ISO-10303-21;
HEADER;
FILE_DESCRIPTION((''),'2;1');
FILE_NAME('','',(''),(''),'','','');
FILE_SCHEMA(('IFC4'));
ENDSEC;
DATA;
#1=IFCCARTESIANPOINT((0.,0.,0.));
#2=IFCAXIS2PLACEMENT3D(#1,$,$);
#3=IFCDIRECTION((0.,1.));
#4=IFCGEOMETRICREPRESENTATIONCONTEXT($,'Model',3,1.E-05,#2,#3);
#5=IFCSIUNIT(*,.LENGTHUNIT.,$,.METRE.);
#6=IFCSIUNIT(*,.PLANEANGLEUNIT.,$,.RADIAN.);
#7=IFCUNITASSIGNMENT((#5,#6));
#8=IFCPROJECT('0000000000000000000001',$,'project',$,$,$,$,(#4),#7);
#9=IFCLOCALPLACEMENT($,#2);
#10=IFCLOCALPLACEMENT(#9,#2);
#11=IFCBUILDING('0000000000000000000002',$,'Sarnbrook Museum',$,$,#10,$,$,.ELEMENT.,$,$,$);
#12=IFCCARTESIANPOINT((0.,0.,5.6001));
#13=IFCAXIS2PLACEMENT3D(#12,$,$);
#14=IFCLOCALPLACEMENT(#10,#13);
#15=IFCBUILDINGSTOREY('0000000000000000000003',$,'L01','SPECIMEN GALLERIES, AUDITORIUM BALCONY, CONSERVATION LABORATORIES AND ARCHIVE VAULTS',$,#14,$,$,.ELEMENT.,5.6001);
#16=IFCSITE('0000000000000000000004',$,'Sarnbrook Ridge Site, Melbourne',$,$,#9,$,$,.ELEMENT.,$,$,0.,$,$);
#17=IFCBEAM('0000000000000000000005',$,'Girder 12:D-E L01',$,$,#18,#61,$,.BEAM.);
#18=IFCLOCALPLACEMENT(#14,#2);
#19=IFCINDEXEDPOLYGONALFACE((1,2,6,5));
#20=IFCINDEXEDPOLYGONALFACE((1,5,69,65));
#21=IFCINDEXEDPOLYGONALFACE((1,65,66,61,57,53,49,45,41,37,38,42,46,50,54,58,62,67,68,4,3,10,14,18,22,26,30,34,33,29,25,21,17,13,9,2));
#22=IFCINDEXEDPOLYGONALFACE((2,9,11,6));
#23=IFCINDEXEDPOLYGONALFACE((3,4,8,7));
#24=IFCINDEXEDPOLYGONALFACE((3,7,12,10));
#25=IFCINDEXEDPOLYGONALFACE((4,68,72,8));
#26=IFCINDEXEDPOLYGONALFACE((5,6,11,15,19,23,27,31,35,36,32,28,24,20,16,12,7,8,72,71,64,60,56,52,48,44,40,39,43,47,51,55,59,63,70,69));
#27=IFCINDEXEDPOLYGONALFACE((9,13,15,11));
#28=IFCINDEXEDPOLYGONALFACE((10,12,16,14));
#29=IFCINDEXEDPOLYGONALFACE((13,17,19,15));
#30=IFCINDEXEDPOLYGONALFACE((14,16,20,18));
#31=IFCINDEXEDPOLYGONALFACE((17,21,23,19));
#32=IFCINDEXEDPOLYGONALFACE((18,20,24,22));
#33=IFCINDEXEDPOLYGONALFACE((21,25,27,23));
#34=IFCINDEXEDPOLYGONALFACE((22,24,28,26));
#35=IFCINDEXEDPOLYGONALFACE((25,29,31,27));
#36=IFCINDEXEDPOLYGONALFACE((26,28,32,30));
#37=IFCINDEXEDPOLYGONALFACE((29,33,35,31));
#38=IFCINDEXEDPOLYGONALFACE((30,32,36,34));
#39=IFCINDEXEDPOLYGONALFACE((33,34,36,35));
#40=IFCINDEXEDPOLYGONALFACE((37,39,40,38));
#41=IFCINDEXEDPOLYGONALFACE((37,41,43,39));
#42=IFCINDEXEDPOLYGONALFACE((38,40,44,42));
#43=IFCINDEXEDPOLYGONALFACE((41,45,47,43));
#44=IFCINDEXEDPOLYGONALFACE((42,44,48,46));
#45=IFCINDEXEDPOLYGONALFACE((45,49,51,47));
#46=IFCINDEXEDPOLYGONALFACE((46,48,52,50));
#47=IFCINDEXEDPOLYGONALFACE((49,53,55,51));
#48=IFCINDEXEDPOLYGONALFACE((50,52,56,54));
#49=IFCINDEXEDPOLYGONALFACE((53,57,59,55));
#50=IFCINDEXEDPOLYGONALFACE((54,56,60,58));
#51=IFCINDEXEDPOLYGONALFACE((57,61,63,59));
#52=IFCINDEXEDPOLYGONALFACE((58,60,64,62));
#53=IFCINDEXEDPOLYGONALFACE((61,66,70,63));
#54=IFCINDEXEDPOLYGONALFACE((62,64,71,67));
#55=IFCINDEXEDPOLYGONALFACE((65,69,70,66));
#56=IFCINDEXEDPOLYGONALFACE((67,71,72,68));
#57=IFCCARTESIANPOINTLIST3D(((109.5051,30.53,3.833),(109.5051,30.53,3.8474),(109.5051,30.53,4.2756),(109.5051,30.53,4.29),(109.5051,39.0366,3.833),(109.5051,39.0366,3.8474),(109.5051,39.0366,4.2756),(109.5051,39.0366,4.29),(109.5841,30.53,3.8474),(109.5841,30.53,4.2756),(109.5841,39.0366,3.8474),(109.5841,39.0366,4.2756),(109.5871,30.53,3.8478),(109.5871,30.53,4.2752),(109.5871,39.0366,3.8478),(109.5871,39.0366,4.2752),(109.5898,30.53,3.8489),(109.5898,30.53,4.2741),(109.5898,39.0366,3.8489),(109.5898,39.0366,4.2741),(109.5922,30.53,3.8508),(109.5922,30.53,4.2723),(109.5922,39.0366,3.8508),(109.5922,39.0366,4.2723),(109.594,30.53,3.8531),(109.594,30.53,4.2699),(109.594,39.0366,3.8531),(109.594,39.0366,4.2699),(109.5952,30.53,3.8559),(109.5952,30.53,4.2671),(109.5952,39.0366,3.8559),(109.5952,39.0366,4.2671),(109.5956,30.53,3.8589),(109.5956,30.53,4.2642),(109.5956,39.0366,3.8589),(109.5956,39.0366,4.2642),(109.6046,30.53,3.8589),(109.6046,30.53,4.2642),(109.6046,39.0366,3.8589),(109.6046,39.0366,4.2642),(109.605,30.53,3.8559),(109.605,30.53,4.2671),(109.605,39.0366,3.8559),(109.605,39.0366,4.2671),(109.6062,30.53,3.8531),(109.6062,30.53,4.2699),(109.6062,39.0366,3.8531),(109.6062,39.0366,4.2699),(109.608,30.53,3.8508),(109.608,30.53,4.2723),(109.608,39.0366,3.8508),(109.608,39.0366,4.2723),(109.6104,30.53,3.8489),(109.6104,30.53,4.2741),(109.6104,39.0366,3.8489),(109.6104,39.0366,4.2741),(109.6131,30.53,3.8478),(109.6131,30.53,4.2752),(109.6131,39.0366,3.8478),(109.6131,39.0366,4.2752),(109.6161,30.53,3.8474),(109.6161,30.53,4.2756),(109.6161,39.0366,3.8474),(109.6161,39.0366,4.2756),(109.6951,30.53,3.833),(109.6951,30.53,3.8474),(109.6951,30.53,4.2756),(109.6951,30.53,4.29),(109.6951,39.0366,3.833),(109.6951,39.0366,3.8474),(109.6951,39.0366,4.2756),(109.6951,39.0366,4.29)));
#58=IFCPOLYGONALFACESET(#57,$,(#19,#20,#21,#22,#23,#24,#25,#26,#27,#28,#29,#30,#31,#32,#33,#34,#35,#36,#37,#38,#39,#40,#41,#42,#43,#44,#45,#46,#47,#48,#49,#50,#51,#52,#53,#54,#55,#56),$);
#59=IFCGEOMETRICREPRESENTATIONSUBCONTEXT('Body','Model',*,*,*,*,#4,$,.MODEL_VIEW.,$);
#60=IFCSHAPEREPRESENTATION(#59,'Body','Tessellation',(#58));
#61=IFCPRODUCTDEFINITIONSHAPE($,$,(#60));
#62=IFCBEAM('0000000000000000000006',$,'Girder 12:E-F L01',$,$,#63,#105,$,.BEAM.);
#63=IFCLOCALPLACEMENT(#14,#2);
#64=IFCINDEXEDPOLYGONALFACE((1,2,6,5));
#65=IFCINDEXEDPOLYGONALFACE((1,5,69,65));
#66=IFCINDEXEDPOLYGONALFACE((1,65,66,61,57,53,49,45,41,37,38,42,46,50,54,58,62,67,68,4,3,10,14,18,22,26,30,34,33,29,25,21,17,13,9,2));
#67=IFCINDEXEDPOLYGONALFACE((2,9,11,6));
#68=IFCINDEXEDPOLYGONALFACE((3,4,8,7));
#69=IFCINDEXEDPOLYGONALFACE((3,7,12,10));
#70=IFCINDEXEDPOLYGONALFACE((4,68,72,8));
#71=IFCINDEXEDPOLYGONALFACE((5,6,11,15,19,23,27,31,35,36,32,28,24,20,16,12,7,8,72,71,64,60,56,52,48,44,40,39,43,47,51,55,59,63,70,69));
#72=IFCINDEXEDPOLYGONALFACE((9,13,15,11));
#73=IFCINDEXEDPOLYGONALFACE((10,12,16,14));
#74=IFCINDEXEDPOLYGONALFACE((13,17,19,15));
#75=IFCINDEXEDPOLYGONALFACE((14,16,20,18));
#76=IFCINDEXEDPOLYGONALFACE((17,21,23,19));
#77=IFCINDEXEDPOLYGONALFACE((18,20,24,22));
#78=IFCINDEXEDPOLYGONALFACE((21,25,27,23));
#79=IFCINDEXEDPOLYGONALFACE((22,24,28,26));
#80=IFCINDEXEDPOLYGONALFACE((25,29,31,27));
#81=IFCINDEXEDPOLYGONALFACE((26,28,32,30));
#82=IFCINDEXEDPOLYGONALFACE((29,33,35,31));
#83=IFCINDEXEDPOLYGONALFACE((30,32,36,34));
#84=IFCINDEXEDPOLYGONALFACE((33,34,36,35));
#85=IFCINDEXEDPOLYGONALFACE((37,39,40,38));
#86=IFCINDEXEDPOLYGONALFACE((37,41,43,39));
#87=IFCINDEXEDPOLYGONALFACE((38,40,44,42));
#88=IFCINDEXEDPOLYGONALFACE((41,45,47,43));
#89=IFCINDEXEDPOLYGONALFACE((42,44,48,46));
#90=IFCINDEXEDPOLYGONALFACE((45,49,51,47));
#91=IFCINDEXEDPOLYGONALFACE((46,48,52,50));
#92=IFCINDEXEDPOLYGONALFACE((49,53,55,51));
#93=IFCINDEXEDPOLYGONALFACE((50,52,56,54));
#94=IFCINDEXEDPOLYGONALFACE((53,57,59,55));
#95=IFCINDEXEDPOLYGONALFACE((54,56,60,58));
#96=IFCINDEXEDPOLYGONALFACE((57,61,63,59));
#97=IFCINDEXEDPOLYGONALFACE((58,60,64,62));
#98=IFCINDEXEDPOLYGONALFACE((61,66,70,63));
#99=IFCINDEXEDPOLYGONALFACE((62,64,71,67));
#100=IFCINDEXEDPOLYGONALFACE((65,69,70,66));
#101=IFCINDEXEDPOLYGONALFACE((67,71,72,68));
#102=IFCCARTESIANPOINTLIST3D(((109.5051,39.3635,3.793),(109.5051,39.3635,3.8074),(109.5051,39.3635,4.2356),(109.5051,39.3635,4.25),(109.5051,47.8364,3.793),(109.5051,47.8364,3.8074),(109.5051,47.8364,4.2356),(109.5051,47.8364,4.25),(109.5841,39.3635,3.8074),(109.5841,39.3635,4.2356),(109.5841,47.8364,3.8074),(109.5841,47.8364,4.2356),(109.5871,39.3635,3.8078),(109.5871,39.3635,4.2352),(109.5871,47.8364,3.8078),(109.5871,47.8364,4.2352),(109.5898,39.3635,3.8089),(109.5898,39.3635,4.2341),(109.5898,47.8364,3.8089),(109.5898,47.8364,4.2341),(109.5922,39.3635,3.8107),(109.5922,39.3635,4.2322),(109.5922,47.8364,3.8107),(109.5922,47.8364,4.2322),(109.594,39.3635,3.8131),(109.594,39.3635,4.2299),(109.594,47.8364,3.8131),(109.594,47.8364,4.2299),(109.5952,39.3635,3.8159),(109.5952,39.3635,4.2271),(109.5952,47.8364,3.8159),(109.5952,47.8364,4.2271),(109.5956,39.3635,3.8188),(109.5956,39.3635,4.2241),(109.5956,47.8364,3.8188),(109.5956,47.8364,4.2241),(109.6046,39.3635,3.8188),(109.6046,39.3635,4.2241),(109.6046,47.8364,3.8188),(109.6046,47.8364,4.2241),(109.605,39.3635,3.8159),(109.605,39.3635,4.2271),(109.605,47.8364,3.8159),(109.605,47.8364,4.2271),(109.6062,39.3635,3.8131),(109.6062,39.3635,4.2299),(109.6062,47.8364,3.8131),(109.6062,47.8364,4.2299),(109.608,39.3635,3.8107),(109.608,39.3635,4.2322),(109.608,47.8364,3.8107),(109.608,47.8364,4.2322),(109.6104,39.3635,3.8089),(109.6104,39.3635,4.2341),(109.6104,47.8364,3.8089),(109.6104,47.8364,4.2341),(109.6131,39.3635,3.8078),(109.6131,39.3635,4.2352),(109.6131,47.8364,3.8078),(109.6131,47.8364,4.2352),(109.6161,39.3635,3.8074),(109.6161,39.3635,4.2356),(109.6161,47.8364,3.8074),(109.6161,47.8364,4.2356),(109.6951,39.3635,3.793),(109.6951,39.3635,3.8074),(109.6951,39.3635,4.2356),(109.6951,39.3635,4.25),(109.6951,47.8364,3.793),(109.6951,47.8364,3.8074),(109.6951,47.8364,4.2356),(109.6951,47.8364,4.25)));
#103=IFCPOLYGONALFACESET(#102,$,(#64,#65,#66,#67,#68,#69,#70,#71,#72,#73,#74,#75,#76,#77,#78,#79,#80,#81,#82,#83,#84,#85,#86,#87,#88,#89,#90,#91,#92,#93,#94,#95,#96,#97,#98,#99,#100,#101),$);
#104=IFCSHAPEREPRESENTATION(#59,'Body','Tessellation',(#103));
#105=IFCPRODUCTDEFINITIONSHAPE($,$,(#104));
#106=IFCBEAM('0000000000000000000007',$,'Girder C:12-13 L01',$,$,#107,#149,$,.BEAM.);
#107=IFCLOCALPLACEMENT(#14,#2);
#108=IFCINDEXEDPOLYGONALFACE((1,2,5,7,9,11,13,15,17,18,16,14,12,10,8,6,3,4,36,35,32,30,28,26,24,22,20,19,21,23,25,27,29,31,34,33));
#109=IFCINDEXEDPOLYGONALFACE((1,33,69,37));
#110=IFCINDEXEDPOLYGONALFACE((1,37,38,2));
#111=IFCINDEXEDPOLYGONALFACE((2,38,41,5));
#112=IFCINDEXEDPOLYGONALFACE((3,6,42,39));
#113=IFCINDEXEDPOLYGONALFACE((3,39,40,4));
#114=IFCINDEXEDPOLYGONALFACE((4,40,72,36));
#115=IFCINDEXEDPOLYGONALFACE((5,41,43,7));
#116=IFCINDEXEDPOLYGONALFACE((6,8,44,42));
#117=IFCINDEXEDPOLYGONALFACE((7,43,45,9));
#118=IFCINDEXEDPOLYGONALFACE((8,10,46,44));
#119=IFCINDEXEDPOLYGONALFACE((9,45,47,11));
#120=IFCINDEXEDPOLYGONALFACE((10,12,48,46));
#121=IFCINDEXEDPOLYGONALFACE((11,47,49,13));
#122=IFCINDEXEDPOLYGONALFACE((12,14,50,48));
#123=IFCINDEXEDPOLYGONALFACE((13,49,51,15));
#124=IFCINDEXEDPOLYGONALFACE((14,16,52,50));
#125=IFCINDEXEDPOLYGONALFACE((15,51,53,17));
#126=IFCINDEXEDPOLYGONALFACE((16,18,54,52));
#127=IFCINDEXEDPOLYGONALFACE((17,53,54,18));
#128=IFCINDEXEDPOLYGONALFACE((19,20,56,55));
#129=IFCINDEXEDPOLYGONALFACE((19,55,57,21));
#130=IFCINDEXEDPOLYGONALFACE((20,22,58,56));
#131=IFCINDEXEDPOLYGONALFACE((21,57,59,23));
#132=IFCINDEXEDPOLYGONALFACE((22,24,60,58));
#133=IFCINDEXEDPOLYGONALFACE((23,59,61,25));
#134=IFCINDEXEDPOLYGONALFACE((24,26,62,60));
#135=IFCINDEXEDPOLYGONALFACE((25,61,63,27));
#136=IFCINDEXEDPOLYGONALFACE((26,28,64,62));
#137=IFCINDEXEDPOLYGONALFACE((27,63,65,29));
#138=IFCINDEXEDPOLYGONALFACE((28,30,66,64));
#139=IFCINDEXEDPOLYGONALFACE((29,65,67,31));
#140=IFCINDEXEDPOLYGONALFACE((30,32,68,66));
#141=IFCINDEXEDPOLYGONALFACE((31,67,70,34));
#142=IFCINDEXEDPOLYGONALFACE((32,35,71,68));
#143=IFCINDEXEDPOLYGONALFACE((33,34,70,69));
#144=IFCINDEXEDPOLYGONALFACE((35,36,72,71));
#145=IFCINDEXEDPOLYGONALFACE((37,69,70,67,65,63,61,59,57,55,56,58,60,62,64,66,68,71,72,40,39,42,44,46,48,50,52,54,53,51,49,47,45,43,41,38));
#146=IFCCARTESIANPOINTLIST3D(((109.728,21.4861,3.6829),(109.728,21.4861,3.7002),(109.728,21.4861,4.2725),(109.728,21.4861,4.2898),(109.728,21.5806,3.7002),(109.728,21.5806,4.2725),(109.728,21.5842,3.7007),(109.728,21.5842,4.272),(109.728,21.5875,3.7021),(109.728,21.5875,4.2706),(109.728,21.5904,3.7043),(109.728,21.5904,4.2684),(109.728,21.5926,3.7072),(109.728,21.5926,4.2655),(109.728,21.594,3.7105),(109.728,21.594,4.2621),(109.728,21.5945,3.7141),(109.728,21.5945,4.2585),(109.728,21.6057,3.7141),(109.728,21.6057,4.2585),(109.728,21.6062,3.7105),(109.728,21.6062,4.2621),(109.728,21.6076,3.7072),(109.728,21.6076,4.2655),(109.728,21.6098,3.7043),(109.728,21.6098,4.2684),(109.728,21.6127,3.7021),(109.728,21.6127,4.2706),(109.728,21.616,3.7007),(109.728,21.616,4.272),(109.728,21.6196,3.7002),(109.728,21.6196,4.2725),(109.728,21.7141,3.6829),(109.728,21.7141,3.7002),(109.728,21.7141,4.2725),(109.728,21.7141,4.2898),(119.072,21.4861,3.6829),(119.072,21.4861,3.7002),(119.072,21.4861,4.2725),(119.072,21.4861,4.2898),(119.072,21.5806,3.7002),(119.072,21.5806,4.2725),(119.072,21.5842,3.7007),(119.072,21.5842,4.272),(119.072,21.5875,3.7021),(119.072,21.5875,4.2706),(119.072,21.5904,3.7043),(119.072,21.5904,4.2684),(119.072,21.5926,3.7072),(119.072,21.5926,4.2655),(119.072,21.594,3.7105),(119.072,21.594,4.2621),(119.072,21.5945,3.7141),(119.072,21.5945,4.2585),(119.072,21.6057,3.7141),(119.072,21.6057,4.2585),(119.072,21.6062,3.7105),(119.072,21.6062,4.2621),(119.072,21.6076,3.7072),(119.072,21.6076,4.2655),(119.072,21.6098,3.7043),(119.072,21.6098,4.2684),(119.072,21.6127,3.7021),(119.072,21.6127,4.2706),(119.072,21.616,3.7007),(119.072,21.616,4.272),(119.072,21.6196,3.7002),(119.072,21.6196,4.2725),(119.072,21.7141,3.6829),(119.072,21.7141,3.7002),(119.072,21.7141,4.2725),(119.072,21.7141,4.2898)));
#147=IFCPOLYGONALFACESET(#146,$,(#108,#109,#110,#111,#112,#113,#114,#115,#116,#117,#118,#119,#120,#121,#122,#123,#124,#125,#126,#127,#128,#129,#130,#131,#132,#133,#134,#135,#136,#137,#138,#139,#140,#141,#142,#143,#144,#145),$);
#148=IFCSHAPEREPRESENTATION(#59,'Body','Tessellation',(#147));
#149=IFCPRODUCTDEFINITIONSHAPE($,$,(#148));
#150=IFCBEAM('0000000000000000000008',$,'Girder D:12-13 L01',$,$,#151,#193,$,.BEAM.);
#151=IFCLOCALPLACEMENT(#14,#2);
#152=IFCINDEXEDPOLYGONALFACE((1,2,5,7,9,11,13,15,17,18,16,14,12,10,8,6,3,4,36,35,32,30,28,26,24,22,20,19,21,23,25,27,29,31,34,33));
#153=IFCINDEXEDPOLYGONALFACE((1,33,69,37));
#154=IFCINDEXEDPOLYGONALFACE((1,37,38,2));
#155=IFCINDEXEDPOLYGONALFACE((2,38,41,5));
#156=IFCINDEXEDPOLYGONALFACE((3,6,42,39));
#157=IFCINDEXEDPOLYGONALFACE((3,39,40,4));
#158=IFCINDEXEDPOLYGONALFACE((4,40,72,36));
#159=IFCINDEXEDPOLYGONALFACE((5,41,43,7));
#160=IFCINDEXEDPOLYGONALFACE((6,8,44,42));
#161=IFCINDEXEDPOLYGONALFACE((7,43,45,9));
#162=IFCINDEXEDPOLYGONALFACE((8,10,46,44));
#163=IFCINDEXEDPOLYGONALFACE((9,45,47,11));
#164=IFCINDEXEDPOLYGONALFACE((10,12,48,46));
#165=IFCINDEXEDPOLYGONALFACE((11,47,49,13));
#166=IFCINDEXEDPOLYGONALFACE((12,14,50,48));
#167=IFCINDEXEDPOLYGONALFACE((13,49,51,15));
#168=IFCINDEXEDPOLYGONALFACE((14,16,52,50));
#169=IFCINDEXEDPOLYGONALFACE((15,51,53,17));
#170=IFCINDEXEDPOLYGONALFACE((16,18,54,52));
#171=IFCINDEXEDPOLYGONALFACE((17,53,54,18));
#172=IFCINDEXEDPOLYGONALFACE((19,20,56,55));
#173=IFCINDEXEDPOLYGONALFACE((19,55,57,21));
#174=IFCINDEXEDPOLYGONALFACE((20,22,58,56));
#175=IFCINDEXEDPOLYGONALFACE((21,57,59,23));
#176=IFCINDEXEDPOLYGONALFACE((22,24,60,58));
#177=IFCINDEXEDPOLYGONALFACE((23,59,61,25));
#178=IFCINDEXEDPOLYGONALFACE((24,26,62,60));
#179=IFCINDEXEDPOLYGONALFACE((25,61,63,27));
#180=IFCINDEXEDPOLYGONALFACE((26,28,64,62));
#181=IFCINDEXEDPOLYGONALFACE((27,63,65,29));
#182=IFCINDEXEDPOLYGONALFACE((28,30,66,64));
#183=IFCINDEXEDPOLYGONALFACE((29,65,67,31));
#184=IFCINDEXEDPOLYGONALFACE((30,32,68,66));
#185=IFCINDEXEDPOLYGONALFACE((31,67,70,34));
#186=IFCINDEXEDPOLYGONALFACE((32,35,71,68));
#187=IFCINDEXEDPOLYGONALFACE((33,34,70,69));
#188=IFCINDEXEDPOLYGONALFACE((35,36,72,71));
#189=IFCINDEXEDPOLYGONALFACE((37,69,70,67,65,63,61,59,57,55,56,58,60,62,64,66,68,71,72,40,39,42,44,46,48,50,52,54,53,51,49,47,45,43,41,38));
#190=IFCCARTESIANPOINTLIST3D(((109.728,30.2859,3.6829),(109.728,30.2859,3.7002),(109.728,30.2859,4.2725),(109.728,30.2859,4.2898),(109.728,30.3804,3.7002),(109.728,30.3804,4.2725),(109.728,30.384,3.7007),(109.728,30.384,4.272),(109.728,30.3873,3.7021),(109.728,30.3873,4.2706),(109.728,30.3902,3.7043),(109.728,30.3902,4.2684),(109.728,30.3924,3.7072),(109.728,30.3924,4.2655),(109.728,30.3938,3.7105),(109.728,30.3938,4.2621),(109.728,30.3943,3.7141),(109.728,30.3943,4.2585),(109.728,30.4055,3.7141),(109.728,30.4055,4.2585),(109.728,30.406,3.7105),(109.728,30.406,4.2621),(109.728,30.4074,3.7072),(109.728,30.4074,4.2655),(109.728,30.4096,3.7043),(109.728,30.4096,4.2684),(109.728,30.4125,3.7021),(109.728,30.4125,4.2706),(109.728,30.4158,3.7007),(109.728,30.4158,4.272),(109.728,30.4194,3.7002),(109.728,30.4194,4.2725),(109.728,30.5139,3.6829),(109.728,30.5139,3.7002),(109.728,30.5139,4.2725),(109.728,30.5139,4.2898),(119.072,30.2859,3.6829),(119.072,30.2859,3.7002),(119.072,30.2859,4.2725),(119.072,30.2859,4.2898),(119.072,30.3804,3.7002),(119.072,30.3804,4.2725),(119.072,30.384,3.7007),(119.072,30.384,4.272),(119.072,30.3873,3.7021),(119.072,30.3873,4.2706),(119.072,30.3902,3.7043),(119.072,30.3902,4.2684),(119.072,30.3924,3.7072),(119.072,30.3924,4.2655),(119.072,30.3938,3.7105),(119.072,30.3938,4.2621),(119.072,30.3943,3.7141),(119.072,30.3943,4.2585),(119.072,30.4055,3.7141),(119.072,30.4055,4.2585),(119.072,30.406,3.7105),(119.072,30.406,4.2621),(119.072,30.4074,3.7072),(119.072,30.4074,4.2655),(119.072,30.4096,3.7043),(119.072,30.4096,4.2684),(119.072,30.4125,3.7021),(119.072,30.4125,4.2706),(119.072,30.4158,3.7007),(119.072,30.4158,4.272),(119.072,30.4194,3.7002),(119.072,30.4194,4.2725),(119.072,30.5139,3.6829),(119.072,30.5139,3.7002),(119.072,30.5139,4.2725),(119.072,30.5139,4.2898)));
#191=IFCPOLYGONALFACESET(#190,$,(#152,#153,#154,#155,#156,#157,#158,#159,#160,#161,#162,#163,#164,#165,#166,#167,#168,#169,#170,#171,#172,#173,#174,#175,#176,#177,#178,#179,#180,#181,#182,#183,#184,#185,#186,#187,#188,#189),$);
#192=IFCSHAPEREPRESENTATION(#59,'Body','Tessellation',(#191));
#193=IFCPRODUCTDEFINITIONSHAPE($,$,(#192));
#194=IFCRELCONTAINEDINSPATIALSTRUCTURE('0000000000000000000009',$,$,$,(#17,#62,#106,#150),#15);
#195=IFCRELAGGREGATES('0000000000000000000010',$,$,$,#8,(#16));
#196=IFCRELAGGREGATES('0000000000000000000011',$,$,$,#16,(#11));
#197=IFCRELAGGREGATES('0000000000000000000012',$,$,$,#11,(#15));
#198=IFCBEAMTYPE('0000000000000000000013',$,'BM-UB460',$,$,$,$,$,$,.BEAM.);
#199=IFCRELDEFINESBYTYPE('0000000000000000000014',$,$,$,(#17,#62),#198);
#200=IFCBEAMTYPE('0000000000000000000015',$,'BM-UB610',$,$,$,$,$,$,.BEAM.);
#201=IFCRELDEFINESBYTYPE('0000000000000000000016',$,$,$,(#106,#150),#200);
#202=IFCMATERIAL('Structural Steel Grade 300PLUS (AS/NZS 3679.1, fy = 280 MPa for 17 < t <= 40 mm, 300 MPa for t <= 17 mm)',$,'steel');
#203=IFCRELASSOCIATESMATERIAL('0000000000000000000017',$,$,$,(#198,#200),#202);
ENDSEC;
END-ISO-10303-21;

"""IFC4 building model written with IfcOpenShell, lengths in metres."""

from ifc_helpers import new_model, si_unit, direction, frame, origin, origin_2d, place, context, subcontext, project, spatial, i_section, extrude, material, material_profile, profile_set, type_object, element, save


model = new_model("IFC4")

# Units and contexts
model_context = context("Model", 3, precision=1e-05, world=origin(), true_north=direction((0.0, 1.0)))
body_context = subcontext(model_context, "Body", "Model", "MODEL_VIEW")
ifc_project = project(units=[si_unit("LENGTHUNIT", "METRE"), si_unit("PLANEANGLEUNIT", "RADIAN")], contexts=[model_context])

# Site, building, storey
site_placement = place(None, origin())
site = spatial("IfcSite", under=ifc_project, at=site_placement, Name="Sarnbrook Ridge Site, Melbourne", CompositionType="ELEMENT", RefElevation=0.0)
building_placement = place(site_placement, origin())
building = spatial("IfcBuilding", under=site, at=building_placement, Name="Sarnbrook Museum", CompositionType="ELEMENT")
storey_placement = place(building_placement, frame((0.0, 0.0, 5.6001)))
storey = spatial("IfcBuildingStorey", under=building, at=storey_placement, Name="L01", Description="SPECIMEN GALLERIES, AUDITORIUM BALCONY, CONSERVATION LABORATORIES AND ARCHIVE VAULTS", CompositionType="ELEMENT", Elevation=5.6001)

# Shared definitions
ifc_material_1 = material(Name="Structural Steel Grade 300PLUS (AS/NZS 3679.1, fy = 280 MPa for 17 < t <= 40 mm, 300 MPa for t <= 17 mm)", Category="steel")

# Beams
ifc_material_profile_1 = material_profile(ifc_material_1, i_section(OverallWidth=0.1899, OverallDepth=0.457, WebThickness=0.009, FlangeThickness=0.0144, FilletRadius=0.0115, at=origin_2d()), Name="460UB74.6")
ifc_profile_set_1 = profile_set([ifc_material_profile_1], Name="Structural Steel Grade 300PLUS (AS/NZS 3679.1, fy = 280 MPa for 17 < t <= 40 mm, 300 MPa for t <= 17 mm)")
beam_type_1 = type_object("IfcBeamType", Name="BM-UB460", PredefinedType="BEAM", material=ifc_profile_set_1)
beam_1_placement = place(storey_placement, frame((109.6001, 30.53, 4.0615), z_axis=(0.0, 1.0, 0.0), x_axis=(-1.0, 0.0, 0.0)))
element("IfcBeam", 1, at=beam_1_placement, inside=storey, type_object=beam_type_1, Name="Girder 12:D-E L01", PredefinedType="BEAM", context=body_context, shape_type="SweptSolid", body=[
    extrude(i_section(OverallWidth=0.1899, OverallDepth=0.457, WebThickness=0.009, FlangeThickness=0.0144, FilletRadius=0.0115, at=origin_2d()), origin(), (0.0, 0.0, 1.0), 8.5066),
])
beam_2_placement = place(storey_placement, frame((109.6001, 39.3635, 4.0215), z_axis=(0.0, 1.0, 0.0), x_axis=(-1.0, 0.0, 0.0)))
element("IfcBeam", 2, at=beam_2_placement, inside=storey, type_object=beam_type_1, Name="Girder 12:E-F L01", PredefinedType="BEAM", context=body_context, shape_type="SweptSolid", body=[
    extrude(i_section(OverallWidth=0.1899, OverallDepth=0.457, WebThickness=0.009, FlangeThickness=0.0144, FilletRadius=0.0115, at=origin_2d()), origin(), (0.0, 0.0, 1.0), 8.4729),
])
ifc_material_profile_2 = material_profile(ifc_material_1, i_section(OverallWidth=0.228, OverallDepth=0.6069, WebThickness=0.0112, FlangeThickness=0.0173, FilletRadius=0.0139, at=origin_2d()), Name="610UB113")
ifc_profile_set_2 = profile_set([ifc_material_profile_2], Name="Structural Steel Grade 300PLUS (AS/NZS 3679.1, fy = 280 MPa for 17 < t <= 40 mm, 300 MPa for t <= 17 mm)")
beam_type_2 = type_object("IfcBeamType", Name="BM-UB610", PredefinedType="BEAM", material=ifc_profile_set_2)
for number, where, z_axis, x_axis, name in (
    (3, (109.728, 21.6001, 3.9863), (1.0, 0.0, 0.0), (0.0, 1.0, 0.0), "Girder C:12-13 L01"),
    (4, (109.728, 30.3999, 3.9863), (1.0, 0.0, 0.0), (0.0, 1.0, 0.0), "Girder D:12-13 L01"),
):
    element("IfcBeam", number, at=place(storey_placement, frame(where, z_axis=z_axis, x_axis=x_axis)), inside=storey, type_object=beam_type_2, Name=name, PredefinedType="BEAM", context=body_context, shape_type="SweptSolid", body=[
        extrude(i_section(OverallWidth=0.228, OverallDepth=0.6069, WebThickness=0.0112, FlangeThickness=0.0173, FilletRadius=0.0139, at=origin_2d()), origin(), (0.0, 0.0, 1.0), 9.344),
    ])

save(model, "model.ifc")
